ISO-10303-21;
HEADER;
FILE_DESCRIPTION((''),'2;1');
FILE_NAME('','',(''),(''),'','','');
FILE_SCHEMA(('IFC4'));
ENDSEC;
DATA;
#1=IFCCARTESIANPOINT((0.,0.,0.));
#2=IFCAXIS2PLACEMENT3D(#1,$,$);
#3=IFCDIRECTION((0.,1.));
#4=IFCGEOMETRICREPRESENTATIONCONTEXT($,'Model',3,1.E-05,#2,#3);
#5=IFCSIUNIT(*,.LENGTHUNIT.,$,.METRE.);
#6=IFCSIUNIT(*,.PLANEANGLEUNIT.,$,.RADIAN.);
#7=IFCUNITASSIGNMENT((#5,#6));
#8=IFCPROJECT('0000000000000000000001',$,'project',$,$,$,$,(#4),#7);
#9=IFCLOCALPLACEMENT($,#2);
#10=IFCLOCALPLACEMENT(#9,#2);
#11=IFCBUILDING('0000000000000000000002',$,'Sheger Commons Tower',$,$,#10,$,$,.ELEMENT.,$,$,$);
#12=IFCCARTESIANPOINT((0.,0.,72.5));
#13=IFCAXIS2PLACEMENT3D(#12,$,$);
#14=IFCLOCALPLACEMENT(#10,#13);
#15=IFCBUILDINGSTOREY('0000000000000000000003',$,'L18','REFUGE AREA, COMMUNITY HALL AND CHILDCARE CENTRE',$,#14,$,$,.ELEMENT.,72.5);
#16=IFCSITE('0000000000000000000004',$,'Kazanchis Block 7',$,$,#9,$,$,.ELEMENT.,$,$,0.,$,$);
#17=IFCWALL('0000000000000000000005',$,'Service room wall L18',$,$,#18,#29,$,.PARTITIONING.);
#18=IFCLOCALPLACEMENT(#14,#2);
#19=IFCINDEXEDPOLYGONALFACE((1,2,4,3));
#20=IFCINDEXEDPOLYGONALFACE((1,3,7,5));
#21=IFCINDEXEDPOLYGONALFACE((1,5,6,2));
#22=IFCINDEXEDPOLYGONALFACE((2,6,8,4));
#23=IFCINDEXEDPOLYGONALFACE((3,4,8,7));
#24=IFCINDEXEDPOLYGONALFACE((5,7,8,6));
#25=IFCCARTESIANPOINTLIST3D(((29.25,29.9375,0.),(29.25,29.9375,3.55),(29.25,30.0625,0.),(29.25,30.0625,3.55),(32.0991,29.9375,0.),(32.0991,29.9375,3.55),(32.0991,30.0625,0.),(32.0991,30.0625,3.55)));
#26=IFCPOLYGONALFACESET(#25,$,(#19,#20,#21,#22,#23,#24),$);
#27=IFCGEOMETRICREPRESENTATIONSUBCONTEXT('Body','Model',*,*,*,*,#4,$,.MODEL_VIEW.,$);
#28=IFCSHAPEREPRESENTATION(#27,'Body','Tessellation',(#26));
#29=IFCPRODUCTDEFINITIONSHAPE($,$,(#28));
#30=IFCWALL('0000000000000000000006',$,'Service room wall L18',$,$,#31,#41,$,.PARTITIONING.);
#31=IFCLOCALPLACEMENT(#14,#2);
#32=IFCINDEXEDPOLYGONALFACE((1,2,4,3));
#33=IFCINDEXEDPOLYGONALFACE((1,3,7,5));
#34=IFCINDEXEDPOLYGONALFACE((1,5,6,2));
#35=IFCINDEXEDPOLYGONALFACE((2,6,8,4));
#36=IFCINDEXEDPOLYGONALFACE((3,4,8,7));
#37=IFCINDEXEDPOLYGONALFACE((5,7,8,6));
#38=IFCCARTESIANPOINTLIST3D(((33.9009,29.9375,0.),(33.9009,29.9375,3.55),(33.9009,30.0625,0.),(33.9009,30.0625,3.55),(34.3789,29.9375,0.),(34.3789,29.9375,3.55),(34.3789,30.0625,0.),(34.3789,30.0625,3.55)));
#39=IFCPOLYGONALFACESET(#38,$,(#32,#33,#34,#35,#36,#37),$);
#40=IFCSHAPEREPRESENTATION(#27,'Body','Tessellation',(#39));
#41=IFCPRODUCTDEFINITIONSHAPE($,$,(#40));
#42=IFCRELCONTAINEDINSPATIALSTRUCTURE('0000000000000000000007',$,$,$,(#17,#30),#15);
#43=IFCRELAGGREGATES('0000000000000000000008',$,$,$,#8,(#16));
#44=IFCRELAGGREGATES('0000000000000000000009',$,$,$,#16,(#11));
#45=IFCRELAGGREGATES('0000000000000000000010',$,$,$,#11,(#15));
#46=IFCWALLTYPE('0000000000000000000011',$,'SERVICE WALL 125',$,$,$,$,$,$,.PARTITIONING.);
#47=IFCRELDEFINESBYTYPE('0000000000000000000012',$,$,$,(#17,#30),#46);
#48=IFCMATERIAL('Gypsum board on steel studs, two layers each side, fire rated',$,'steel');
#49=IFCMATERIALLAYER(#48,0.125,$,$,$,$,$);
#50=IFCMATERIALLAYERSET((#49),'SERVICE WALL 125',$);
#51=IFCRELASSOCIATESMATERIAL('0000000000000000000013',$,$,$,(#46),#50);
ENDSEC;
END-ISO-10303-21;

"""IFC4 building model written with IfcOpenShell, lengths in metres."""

from ifc_helpers import new_model, si_unit, direction, frame, frame_2d, origin, place, context, subcontext, project, spatial, rectangle, extrude, material, layer, layer_set, type_object, element, save


model = new_model("IFC4")

# Units and contexts
model_context = context("Model", 3, precision=1e-05, world=origin(), true_north=direction((0.0, 1.0)))
body_context = subcontext(model_context, "Body", "Model", "MODEL_VIEW")
ifc_project = project(units=[si_unit("LENGTHUNIT", "METRE"), si_unit("PLANEANGLEUNIT", "RADIAN")], contexts=[model_context])

# Site, building, storey
site_placement = place(None, origin())
site = spatial("IfcSite", under=ifc_project, at=site_placement, Name="Kazanchis Block 7", CompositionType="ELEMENT", RefElevation=0.0)
building_placement = place(site_placement, origin())
building = spatial("IfcBuilding", under=site, at=building_placement, Name="Sheger Commons Tower", CompositionType="ELEMENT")
storey_placement = place(building_placement, frame((0.0, 0.0, 72.5)))
storey = spatial("IfcBuildingStorey", under=building, at=storey_placement, Name="L18", Description="REFUGE AREA, COMMUNITY HALL AND CHILDCARE CENTRE", CompositionType="ELEMENT", Elevation=72.5)

# Walls
ifc_material_1 = material(Name="Gypsum board on steel studs, two layers each side, fire rated", Category="steel")
ifc_layer_1 = layer(ifc_material_1, 0.125)
ifc_layer_set_1 = layer_set([ifc_layer_1], Name="SERVICE WALL 125")
wall_type_1 = type_object("IfcWallType", Name="SERVICE WALL 125", PredefinedType="PARTITIONING", material=ifc_layer_set_1)
wall_1_placement = place(storey_placement, frame((29.25, 30.0, 0.0), z_axis=(0.0, 0.0, 1.0), x_axis=(1.0, 0.0, 0.0)))
element("IfcWall", 1, at=wall_1_placement, inside=storey, type_object=wall_type_1, Name="Service room wall L18", PredefinedType="PARTITIONING", context=body_context, shape_type="SweptSolid", body=[
    extrude(rectangle(XDim=2.8491, YDim=0.125, at=frame_2d((1.4246, 0.0))), origin(), (0.0, 0.0, 1.0), 3.55),
])
wall_2_placement = place(storey_placement, frame((33.9009, 30.0, 0.0), z_axis=(0.0, 0.0, 1.0), x_axis=(1.0, 0.0, 0.0)))
element("IfcWall", 2, at=wall_2_placement, inside=storey, type_object=wall_type_1, Name="Service room wall L18", PredefinedType="PARTITIONING", context=body_context, shape_type="SweptSolid", body=[
    extrude(rectangle(XDim=0.478, YDim=0.125, at=frame_2d((0.239, 0.0))), origin(), (0.0, 0.0, 1.0), 3.55),
])

save(model, "model.ifc")
